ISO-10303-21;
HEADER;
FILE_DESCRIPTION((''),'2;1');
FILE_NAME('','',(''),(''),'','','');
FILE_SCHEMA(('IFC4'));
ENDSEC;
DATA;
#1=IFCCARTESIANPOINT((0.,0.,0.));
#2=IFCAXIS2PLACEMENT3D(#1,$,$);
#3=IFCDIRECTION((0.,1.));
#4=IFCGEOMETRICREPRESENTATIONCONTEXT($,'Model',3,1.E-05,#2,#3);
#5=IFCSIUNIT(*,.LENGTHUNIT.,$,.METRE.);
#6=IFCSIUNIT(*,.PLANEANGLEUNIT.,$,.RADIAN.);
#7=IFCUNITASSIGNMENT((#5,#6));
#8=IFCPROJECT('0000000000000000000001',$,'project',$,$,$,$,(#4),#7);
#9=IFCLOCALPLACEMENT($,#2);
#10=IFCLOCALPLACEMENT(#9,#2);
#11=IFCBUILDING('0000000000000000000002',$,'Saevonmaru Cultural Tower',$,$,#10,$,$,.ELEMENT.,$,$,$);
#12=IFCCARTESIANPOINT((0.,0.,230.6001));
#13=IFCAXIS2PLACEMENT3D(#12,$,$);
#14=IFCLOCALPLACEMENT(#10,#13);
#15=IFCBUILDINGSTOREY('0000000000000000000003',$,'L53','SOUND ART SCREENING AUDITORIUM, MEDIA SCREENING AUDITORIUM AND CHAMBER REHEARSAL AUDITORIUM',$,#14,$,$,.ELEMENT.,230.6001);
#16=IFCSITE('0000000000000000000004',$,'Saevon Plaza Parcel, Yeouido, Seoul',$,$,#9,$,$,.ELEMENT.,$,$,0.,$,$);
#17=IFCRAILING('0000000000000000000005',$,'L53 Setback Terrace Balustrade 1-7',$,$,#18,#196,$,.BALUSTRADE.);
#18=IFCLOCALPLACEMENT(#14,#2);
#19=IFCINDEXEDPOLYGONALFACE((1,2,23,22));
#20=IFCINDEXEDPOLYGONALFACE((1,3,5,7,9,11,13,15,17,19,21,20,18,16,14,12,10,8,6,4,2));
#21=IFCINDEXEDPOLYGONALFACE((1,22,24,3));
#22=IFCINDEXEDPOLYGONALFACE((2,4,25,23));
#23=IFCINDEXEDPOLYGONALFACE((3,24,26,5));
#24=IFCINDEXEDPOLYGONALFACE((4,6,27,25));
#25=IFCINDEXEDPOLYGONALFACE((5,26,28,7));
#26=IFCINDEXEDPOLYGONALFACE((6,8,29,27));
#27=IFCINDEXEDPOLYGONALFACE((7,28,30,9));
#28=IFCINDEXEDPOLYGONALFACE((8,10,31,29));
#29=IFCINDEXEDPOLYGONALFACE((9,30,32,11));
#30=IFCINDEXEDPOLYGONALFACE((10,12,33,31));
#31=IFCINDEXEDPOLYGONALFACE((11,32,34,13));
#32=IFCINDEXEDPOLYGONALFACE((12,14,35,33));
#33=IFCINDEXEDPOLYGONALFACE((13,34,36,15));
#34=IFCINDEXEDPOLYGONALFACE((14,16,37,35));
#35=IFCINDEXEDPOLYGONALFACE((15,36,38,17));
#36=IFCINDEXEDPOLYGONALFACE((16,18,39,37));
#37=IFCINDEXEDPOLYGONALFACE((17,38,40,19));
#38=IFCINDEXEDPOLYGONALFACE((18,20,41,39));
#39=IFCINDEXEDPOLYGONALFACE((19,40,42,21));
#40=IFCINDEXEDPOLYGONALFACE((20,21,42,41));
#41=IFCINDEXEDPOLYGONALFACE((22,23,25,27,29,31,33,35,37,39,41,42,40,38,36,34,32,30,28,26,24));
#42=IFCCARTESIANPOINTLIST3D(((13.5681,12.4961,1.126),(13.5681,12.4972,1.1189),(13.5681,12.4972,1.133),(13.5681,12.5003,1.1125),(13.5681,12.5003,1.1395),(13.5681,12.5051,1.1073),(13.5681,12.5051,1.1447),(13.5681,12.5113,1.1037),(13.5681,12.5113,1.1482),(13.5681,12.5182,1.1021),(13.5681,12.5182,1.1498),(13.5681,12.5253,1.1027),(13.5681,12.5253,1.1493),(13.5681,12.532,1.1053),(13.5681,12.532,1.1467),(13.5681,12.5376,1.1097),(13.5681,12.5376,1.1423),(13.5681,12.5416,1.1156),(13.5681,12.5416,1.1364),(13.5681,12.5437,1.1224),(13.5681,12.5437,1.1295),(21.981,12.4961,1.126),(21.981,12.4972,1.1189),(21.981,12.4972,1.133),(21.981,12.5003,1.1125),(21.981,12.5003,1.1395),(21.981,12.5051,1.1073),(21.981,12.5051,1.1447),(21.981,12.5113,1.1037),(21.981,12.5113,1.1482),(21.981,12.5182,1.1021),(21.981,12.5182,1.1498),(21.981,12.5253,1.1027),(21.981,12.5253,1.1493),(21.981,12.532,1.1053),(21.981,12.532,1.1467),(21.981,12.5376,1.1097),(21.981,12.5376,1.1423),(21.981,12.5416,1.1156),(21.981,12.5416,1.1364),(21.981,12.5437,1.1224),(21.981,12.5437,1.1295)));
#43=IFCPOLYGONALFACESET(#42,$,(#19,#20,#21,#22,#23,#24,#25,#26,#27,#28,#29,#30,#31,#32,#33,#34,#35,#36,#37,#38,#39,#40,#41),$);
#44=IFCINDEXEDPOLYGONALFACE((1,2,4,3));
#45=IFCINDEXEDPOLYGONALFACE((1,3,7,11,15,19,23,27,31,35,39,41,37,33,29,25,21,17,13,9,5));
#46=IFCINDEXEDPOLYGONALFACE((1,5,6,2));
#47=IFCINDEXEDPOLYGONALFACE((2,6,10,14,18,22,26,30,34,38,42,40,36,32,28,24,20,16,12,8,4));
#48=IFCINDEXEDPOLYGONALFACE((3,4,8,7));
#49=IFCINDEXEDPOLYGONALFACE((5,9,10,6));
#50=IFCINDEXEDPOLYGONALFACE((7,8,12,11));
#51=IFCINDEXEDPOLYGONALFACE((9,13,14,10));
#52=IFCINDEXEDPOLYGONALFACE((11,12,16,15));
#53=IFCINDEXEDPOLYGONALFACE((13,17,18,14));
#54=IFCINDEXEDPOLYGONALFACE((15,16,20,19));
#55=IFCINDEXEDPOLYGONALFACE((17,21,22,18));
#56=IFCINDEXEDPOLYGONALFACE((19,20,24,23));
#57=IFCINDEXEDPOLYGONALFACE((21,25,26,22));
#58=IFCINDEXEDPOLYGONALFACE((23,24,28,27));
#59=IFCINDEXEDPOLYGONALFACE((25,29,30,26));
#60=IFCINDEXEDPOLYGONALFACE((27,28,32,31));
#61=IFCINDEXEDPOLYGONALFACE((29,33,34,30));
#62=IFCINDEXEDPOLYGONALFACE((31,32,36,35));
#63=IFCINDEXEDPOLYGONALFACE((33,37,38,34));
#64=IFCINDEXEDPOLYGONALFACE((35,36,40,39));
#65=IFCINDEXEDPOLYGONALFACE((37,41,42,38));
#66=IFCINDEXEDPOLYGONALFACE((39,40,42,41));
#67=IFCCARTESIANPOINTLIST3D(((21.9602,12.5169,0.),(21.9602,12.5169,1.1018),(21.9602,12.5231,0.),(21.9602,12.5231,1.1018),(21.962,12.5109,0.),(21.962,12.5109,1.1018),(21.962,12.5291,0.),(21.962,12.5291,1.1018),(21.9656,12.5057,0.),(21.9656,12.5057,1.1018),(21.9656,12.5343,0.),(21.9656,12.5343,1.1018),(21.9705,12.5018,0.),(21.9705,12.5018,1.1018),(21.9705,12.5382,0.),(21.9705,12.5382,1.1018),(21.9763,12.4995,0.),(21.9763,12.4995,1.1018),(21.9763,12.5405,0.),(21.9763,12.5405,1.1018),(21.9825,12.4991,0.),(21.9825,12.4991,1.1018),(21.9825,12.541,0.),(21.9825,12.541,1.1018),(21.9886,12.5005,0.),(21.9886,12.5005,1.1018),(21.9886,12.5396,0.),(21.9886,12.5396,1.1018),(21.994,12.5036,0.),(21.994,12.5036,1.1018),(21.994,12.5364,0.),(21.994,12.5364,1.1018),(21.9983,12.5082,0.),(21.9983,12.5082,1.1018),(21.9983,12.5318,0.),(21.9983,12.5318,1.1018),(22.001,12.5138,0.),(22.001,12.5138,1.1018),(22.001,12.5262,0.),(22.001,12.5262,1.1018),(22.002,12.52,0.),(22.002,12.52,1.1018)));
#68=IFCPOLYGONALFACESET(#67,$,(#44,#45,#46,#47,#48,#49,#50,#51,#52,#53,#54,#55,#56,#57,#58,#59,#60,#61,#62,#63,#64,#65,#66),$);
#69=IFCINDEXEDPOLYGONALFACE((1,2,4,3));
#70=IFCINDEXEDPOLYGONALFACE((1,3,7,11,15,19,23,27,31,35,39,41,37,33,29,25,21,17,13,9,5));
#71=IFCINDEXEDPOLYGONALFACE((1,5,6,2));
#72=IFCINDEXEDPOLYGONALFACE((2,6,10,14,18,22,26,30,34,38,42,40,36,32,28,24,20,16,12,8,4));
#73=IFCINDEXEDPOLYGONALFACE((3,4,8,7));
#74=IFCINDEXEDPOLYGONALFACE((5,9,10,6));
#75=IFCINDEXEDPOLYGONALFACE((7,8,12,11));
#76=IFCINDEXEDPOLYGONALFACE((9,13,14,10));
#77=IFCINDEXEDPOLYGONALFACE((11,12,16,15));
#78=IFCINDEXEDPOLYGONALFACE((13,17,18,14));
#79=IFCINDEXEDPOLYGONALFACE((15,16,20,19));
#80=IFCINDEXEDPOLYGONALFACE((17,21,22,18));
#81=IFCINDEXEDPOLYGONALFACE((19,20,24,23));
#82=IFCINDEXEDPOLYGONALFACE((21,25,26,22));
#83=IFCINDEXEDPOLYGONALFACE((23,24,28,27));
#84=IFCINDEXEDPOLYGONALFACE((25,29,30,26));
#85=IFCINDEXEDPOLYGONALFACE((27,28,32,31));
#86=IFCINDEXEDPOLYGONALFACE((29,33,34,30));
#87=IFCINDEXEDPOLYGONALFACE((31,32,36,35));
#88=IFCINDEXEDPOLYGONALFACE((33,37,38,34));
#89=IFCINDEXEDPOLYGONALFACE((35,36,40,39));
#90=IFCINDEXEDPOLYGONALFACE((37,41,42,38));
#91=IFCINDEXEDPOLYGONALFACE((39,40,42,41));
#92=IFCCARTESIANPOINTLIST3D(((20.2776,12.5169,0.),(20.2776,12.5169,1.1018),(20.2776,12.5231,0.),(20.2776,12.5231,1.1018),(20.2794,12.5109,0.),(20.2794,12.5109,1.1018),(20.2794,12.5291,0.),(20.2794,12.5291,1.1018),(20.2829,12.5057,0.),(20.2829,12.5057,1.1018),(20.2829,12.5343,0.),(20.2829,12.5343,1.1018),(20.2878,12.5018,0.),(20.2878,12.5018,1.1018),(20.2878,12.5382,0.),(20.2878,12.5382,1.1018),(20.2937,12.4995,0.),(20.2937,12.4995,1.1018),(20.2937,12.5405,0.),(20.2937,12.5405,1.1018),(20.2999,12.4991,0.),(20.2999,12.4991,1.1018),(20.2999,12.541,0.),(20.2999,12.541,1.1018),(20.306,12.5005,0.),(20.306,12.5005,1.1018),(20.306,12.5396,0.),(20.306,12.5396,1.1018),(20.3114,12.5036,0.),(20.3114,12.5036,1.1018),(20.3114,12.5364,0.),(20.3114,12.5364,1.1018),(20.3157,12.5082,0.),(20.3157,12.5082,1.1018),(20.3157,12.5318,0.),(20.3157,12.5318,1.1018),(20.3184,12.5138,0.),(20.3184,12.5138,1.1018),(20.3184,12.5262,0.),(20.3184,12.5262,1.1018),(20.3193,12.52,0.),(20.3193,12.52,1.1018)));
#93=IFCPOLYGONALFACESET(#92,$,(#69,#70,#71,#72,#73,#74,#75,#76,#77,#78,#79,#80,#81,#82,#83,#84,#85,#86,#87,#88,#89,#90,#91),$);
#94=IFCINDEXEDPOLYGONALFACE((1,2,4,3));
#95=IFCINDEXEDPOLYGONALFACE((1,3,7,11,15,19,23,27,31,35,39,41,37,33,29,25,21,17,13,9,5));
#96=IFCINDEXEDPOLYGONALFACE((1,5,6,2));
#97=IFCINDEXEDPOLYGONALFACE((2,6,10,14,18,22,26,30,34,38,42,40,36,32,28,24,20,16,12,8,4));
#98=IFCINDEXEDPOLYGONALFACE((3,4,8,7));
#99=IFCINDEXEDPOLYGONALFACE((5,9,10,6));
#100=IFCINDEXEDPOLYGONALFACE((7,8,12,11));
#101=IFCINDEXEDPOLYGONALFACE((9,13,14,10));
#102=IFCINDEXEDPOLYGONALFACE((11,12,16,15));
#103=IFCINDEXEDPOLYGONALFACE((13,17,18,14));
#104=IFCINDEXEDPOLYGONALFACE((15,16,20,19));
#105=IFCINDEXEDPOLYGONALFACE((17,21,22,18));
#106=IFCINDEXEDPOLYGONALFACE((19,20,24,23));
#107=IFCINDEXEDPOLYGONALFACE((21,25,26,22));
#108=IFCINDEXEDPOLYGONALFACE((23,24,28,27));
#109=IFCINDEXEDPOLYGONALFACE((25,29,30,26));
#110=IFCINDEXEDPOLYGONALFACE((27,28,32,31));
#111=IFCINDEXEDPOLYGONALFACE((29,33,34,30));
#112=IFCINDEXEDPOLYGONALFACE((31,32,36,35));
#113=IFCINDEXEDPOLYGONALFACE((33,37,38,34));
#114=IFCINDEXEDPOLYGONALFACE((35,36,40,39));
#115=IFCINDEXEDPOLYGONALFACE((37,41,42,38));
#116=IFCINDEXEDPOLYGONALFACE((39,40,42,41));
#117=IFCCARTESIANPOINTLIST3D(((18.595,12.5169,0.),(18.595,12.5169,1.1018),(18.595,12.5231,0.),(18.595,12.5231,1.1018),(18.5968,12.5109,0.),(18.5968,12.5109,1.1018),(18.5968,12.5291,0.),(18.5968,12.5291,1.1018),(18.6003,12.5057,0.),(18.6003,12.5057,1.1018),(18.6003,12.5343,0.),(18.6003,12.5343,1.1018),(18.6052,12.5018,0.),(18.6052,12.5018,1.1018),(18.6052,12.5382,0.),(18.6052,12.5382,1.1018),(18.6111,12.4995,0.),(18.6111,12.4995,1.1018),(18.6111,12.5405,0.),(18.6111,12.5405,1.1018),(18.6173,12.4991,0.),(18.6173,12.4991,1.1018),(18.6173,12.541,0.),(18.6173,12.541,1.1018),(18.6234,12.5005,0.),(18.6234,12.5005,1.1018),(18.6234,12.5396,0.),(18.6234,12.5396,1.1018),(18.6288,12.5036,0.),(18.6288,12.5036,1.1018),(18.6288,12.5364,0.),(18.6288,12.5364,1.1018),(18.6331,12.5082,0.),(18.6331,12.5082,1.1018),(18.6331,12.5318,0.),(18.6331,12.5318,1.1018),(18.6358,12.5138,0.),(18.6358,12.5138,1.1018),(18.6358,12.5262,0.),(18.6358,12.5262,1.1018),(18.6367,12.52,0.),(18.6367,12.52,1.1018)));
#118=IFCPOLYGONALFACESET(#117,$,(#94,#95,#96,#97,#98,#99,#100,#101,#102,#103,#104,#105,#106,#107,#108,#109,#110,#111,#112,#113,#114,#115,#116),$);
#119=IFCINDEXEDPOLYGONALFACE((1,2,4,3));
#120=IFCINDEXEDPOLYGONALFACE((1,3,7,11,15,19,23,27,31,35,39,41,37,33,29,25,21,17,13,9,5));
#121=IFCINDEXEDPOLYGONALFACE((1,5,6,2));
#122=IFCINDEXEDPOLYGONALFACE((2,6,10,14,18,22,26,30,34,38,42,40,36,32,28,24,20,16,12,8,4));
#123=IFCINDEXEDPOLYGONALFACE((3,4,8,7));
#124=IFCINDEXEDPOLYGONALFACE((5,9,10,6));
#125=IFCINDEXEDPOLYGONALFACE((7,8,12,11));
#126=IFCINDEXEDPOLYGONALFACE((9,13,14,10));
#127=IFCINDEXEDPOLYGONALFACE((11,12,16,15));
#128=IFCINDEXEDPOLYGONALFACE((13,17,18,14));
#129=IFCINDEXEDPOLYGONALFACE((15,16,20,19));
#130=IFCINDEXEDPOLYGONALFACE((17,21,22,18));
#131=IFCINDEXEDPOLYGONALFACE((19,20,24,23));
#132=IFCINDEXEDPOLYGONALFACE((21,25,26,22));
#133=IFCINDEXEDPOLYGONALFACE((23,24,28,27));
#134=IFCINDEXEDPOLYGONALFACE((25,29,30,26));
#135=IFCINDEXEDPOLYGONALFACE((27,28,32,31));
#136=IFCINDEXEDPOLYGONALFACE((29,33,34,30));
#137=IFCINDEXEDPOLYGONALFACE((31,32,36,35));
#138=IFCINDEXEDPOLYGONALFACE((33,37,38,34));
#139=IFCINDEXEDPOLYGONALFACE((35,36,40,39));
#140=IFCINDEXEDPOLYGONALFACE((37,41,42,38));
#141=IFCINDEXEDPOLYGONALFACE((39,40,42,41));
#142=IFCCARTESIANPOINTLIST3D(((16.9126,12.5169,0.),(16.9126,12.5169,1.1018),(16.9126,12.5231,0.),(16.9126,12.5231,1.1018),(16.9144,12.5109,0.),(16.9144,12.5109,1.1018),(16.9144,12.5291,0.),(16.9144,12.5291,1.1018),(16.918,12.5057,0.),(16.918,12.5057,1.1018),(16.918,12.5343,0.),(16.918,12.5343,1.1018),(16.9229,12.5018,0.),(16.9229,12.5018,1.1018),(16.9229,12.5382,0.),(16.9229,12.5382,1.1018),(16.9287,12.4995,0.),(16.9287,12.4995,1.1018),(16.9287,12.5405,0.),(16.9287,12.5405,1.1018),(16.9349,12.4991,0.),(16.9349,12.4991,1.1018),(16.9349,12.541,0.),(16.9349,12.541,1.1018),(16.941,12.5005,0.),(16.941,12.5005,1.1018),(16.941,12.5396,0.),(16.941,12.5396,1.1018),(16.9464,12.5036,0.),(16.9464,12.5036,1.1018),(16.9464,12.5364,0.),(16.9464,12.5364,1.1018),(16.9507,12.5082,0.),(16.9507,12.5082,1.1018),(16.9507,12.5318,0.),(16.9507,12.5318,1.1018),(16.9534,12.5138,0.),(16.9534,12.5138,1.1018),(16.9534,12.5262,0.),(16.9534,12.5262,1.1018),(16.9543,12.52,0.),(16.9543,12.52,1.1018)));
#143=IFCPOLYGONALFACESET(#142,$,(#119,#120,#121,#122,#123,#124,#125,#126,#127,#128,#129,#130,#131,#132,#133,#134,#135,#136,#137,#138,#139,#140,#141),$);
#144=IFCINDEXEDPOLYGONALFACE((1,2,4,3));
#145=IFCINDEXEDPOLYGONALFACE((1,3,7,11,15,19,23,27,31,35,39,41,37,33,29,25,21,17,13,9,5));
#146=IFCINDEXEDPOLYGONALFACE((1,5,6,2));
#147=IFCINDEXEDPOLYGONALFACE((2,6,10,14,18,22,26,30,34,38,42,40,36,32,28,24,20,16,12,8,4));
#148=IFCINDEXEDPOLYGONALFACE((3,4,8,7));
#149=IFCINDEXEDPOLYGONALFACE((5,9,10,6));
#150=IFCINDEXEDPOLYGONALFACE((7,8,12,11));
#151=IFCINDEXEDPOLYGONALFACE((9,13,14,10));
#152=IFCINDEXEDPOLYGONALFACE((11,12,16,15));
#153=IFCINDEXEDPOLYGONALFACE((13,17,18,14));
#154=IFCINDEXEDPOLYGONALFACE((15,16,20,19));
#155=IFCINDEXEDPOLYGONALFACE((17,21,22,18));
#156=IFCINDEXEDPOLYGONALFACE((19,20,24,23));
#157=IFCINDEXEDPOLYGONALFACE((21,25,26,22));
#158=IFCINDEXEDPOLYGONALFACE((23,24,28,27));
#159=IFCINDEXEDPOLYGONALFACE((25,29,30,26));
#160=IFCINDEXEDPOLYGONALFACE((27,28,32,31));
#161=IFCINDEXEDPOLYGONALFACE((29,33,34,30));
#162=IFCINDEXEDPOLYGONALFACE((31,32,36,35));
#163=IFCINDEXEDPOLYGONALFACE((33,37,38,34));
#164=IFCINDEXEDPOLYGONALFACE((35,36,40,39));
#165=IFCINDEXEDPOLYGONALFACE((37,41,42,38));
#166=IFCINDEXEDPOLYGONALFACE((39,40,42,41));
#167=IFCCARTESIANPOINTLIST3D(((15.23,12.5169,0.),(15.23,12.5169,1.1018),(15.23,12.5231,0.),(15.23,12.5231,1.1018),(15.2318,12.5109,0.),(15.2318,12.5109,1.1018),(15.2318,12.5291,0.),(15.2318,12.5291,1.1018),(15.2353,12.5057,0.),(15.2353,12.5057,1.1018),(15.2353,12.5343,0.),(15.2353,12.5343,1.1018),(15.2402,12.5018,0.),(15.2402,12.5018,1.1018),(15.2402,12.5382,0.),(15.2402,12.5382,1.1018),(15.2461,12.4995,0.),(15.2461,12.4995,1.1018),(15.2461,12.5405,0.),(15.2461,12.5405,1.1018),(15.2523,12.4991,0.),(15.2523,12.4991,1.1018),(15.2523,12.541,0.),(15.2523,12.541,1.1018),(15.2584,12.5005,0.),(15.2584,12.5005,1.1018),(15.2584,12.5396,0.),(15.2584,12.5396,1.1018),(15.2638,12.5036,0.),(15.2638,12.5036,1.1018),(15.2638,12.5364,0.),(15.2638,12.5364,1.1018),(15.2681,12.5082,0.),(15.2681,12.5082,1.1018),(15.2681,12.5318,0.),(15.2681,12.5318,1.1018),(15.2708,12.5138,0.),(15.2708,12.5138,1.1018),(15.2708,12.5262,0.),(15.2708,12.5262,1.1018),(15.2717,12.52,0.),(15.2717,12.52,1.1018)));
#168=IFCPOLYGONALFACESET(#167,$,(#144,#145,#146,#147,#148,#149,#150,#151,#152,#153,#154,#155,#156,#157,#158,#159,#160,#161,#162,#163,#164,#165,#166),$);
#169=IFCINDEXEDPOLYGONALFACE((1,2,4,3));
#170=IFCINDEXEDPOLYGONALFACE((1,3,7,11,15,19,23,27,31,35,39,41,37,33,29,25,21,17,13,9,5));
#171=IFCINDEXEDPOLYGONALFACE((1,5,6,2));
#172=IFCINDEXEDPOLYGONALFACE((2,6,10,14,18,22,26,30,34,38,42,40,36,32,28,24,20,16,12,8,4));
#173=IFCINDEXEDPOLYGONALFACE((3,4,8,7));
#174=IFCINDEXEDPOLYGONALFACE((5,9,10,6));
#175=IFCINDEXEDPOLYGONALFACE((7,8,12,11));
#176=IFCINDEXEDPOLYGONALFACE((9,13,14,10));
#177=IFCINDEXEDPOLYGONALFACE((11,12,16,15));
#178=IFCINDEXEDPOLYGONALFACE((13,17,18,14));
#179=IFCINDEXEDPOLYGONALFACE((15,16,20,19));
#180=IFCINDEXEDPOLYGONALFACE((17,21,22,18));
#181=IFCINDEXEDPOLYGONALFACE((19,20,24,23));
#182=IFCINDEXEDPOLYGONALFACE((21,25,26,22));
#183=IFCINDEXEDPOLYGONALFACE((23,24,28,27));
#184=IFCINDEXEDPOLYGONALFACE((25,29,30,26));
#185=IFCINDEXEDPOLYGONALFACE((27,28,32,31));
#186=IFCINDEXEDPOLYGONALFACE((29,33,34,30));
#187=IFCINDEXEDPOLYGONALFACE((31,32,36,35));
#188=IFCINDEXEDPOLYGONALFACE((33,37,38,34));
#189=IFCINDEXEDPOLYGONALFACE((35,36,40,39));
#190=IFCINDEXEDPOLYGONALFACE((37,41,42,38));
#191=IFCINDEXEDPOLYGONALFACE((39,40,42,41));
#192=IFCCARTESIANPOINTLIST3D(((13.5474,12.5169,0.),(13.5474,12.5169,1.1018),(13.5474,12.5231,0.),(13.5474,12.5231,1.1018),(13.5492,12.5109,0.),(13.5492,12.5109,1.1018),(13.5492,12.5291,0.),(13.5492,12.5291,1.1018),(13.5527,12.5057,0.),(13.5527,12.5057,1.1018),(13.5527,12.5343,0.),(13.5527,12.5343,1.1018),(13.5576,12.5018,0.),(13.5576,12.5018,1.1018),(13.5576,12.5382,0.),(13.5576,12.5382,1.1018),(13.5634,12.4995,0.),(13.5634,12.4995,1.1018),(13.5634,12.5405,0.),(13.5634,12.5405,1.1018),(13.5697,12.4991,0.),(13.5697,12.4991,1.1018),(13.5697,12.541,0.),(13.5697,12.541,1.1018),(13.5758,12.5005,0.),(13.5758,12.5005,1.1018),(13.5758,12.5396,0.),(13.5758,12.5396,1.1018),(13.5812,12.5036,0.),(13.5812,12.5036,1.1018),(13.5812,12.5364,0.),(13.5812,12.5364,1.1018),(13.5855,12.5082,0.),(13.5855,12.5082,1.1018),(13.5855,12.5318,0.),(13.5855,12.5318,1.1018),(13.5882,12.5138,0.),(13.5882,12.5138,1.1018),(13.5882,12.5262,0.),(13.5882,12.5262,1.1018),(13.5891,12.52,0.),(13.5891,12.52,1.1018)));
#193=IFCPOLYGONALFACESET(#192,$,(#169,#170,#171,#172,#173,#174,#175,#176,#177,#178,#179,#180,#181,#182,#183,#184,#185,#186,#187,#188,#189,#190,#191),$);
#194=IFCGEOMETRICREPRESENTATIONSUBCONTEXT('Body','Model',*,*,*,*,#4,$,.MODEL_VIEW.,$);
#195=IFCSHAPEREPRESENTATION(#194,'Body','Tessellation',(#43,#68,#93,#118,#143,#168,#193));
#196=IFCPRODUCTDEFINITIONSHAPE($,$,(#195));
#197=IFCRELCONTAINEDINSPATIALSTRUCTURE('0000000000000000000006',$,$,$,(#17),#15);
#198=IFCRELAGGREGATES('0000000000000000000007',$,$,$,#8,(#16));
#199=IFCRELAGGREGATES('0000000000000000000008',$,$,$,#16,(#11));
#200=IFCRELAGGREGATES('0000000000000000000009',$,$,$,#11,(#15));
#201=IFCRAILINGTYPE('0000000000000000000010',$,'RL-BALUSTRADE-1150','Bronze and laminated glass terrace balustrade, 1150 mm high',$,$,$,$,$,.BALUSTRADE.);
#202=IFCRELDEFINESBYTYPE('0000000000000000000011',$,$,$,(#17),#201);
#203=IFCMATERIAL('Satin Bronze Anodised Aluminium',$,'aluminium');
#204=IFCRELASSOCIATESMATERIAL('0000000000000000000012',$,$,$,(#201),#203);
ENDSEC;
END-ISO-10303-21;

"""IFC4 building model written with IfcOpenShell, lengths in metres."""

from ifc_helpers import new_model, si_unit, direction, frame, origin, origin_2d, place, context, subcontext, project, spatial, circle, extrude, material, type_object, element, save


model = new_model("IFC4")

# Units and contexts
model_context = context("Model", 3, precision=1e-05, world=origin(), true_north=direction((0.0, 1.0)))
body_context = subcontext(model_context, "Body", "Model", "MODEL_VIEW")
ifc_project = project(units=[si_unit("LENGTHUNIT", "METRE"), si_unit("PLANEANGLEUNIT", "RADIAN")], contexts=[model_context])

# Site, building, storey
site_placement = place(None, origin())
site = spatial("IfcSite", under=ifc_project, at=site_placement, Name="Saevon Plaza Parcel, Yeouido, Seoul", CompositionType="ELEMENT", RefElevation=0.0)
building_placement = place(site_placement, origin())
building = spatial("IfcBuilding", under=site, at=building_placement, Name="Saevonmaru Cultural Tower", CompositionType="ELEMENT")
storey_placement = place(building_placement, frame((0.0, 0.0, 230.6001)))
storey = spatial("IfcBuildingStorey", under=building, at=storey_placement, Name="L53", Description="SOUND ART SCREENING AUDITORIUM, MEDIA SCREENING AUDITORIUM AND CHAMBER REHEARSAL AUDITORIUM", CompositionType="ELEMENT", Elevation=230.6001)

# Shared definitions
ifc_material_1 = material(Name="Satin Bronze Anodised Aluminium", Category="aluminium")

# Railing
railing_type = type_object("IfcRailingType", Name="RL-BALUSTRADE-1150", Description="Bronze and laminated glass terrace balustrade, 1150 mm high", PredefinedType="BALUSTRADE", material=ifc_material_1)
railing_1_placement = place(storey_placement, frame((21.981, 12.52, 0.0)))
element("IfcRailing", 1, at=railing_1_placement, inside=storey, type_object=railing_type, Name="L53 Setback Terrace Balustrade 1-7", PredefinedType="BALUSTRADE", context=body_context, shape_type="SweptSolid", body=[
    extrude(circle(Radius=0.0239, at=origin_2d()), frame((0.0, 0.0, 1.126), z_axis=(-1.0, 0.0, 0.0), x_axis=(0.0, -1.0, 0.0)), (0.0, 0.0, 1.0), 8.4128),
    extrude(circle(Radius=0.021, at=origin_2d()), origin(), (0.0, 0.0, 1.0), 1.1018),
    extrude(circle(Radius=0.021, at=origin_2d()), frame((-1.6826, 0.0, 0.0)), (0.0, 0.0, 1.0), 1.1018),
    extrude(circle(Radius=0.021, at=origin_2d()), frame((-3.3652, 0.0, 0.0)), (0.0, 0.0, 1.0), 1.1018),
    extrude(circle(Radius=0.021, at=origin_2d()), frame((-5.0476, 0.0, 0.0)), (0.0, 0.0, 1.0), 1.1018),
    extrude(circle(Radius=0.021, at=origin_2d()), frame((-6.7302, 0.0, 0.0)), (0.0, 0.0, 1.0), 1.1018),
    extrude(circle(Radius=0.021, at=origin_2d()), frame((-8.4128, 0.0, 0.0)), (0.0, 0.0, 1.0), 1.1018),
])

save(model, "model.ifc")
